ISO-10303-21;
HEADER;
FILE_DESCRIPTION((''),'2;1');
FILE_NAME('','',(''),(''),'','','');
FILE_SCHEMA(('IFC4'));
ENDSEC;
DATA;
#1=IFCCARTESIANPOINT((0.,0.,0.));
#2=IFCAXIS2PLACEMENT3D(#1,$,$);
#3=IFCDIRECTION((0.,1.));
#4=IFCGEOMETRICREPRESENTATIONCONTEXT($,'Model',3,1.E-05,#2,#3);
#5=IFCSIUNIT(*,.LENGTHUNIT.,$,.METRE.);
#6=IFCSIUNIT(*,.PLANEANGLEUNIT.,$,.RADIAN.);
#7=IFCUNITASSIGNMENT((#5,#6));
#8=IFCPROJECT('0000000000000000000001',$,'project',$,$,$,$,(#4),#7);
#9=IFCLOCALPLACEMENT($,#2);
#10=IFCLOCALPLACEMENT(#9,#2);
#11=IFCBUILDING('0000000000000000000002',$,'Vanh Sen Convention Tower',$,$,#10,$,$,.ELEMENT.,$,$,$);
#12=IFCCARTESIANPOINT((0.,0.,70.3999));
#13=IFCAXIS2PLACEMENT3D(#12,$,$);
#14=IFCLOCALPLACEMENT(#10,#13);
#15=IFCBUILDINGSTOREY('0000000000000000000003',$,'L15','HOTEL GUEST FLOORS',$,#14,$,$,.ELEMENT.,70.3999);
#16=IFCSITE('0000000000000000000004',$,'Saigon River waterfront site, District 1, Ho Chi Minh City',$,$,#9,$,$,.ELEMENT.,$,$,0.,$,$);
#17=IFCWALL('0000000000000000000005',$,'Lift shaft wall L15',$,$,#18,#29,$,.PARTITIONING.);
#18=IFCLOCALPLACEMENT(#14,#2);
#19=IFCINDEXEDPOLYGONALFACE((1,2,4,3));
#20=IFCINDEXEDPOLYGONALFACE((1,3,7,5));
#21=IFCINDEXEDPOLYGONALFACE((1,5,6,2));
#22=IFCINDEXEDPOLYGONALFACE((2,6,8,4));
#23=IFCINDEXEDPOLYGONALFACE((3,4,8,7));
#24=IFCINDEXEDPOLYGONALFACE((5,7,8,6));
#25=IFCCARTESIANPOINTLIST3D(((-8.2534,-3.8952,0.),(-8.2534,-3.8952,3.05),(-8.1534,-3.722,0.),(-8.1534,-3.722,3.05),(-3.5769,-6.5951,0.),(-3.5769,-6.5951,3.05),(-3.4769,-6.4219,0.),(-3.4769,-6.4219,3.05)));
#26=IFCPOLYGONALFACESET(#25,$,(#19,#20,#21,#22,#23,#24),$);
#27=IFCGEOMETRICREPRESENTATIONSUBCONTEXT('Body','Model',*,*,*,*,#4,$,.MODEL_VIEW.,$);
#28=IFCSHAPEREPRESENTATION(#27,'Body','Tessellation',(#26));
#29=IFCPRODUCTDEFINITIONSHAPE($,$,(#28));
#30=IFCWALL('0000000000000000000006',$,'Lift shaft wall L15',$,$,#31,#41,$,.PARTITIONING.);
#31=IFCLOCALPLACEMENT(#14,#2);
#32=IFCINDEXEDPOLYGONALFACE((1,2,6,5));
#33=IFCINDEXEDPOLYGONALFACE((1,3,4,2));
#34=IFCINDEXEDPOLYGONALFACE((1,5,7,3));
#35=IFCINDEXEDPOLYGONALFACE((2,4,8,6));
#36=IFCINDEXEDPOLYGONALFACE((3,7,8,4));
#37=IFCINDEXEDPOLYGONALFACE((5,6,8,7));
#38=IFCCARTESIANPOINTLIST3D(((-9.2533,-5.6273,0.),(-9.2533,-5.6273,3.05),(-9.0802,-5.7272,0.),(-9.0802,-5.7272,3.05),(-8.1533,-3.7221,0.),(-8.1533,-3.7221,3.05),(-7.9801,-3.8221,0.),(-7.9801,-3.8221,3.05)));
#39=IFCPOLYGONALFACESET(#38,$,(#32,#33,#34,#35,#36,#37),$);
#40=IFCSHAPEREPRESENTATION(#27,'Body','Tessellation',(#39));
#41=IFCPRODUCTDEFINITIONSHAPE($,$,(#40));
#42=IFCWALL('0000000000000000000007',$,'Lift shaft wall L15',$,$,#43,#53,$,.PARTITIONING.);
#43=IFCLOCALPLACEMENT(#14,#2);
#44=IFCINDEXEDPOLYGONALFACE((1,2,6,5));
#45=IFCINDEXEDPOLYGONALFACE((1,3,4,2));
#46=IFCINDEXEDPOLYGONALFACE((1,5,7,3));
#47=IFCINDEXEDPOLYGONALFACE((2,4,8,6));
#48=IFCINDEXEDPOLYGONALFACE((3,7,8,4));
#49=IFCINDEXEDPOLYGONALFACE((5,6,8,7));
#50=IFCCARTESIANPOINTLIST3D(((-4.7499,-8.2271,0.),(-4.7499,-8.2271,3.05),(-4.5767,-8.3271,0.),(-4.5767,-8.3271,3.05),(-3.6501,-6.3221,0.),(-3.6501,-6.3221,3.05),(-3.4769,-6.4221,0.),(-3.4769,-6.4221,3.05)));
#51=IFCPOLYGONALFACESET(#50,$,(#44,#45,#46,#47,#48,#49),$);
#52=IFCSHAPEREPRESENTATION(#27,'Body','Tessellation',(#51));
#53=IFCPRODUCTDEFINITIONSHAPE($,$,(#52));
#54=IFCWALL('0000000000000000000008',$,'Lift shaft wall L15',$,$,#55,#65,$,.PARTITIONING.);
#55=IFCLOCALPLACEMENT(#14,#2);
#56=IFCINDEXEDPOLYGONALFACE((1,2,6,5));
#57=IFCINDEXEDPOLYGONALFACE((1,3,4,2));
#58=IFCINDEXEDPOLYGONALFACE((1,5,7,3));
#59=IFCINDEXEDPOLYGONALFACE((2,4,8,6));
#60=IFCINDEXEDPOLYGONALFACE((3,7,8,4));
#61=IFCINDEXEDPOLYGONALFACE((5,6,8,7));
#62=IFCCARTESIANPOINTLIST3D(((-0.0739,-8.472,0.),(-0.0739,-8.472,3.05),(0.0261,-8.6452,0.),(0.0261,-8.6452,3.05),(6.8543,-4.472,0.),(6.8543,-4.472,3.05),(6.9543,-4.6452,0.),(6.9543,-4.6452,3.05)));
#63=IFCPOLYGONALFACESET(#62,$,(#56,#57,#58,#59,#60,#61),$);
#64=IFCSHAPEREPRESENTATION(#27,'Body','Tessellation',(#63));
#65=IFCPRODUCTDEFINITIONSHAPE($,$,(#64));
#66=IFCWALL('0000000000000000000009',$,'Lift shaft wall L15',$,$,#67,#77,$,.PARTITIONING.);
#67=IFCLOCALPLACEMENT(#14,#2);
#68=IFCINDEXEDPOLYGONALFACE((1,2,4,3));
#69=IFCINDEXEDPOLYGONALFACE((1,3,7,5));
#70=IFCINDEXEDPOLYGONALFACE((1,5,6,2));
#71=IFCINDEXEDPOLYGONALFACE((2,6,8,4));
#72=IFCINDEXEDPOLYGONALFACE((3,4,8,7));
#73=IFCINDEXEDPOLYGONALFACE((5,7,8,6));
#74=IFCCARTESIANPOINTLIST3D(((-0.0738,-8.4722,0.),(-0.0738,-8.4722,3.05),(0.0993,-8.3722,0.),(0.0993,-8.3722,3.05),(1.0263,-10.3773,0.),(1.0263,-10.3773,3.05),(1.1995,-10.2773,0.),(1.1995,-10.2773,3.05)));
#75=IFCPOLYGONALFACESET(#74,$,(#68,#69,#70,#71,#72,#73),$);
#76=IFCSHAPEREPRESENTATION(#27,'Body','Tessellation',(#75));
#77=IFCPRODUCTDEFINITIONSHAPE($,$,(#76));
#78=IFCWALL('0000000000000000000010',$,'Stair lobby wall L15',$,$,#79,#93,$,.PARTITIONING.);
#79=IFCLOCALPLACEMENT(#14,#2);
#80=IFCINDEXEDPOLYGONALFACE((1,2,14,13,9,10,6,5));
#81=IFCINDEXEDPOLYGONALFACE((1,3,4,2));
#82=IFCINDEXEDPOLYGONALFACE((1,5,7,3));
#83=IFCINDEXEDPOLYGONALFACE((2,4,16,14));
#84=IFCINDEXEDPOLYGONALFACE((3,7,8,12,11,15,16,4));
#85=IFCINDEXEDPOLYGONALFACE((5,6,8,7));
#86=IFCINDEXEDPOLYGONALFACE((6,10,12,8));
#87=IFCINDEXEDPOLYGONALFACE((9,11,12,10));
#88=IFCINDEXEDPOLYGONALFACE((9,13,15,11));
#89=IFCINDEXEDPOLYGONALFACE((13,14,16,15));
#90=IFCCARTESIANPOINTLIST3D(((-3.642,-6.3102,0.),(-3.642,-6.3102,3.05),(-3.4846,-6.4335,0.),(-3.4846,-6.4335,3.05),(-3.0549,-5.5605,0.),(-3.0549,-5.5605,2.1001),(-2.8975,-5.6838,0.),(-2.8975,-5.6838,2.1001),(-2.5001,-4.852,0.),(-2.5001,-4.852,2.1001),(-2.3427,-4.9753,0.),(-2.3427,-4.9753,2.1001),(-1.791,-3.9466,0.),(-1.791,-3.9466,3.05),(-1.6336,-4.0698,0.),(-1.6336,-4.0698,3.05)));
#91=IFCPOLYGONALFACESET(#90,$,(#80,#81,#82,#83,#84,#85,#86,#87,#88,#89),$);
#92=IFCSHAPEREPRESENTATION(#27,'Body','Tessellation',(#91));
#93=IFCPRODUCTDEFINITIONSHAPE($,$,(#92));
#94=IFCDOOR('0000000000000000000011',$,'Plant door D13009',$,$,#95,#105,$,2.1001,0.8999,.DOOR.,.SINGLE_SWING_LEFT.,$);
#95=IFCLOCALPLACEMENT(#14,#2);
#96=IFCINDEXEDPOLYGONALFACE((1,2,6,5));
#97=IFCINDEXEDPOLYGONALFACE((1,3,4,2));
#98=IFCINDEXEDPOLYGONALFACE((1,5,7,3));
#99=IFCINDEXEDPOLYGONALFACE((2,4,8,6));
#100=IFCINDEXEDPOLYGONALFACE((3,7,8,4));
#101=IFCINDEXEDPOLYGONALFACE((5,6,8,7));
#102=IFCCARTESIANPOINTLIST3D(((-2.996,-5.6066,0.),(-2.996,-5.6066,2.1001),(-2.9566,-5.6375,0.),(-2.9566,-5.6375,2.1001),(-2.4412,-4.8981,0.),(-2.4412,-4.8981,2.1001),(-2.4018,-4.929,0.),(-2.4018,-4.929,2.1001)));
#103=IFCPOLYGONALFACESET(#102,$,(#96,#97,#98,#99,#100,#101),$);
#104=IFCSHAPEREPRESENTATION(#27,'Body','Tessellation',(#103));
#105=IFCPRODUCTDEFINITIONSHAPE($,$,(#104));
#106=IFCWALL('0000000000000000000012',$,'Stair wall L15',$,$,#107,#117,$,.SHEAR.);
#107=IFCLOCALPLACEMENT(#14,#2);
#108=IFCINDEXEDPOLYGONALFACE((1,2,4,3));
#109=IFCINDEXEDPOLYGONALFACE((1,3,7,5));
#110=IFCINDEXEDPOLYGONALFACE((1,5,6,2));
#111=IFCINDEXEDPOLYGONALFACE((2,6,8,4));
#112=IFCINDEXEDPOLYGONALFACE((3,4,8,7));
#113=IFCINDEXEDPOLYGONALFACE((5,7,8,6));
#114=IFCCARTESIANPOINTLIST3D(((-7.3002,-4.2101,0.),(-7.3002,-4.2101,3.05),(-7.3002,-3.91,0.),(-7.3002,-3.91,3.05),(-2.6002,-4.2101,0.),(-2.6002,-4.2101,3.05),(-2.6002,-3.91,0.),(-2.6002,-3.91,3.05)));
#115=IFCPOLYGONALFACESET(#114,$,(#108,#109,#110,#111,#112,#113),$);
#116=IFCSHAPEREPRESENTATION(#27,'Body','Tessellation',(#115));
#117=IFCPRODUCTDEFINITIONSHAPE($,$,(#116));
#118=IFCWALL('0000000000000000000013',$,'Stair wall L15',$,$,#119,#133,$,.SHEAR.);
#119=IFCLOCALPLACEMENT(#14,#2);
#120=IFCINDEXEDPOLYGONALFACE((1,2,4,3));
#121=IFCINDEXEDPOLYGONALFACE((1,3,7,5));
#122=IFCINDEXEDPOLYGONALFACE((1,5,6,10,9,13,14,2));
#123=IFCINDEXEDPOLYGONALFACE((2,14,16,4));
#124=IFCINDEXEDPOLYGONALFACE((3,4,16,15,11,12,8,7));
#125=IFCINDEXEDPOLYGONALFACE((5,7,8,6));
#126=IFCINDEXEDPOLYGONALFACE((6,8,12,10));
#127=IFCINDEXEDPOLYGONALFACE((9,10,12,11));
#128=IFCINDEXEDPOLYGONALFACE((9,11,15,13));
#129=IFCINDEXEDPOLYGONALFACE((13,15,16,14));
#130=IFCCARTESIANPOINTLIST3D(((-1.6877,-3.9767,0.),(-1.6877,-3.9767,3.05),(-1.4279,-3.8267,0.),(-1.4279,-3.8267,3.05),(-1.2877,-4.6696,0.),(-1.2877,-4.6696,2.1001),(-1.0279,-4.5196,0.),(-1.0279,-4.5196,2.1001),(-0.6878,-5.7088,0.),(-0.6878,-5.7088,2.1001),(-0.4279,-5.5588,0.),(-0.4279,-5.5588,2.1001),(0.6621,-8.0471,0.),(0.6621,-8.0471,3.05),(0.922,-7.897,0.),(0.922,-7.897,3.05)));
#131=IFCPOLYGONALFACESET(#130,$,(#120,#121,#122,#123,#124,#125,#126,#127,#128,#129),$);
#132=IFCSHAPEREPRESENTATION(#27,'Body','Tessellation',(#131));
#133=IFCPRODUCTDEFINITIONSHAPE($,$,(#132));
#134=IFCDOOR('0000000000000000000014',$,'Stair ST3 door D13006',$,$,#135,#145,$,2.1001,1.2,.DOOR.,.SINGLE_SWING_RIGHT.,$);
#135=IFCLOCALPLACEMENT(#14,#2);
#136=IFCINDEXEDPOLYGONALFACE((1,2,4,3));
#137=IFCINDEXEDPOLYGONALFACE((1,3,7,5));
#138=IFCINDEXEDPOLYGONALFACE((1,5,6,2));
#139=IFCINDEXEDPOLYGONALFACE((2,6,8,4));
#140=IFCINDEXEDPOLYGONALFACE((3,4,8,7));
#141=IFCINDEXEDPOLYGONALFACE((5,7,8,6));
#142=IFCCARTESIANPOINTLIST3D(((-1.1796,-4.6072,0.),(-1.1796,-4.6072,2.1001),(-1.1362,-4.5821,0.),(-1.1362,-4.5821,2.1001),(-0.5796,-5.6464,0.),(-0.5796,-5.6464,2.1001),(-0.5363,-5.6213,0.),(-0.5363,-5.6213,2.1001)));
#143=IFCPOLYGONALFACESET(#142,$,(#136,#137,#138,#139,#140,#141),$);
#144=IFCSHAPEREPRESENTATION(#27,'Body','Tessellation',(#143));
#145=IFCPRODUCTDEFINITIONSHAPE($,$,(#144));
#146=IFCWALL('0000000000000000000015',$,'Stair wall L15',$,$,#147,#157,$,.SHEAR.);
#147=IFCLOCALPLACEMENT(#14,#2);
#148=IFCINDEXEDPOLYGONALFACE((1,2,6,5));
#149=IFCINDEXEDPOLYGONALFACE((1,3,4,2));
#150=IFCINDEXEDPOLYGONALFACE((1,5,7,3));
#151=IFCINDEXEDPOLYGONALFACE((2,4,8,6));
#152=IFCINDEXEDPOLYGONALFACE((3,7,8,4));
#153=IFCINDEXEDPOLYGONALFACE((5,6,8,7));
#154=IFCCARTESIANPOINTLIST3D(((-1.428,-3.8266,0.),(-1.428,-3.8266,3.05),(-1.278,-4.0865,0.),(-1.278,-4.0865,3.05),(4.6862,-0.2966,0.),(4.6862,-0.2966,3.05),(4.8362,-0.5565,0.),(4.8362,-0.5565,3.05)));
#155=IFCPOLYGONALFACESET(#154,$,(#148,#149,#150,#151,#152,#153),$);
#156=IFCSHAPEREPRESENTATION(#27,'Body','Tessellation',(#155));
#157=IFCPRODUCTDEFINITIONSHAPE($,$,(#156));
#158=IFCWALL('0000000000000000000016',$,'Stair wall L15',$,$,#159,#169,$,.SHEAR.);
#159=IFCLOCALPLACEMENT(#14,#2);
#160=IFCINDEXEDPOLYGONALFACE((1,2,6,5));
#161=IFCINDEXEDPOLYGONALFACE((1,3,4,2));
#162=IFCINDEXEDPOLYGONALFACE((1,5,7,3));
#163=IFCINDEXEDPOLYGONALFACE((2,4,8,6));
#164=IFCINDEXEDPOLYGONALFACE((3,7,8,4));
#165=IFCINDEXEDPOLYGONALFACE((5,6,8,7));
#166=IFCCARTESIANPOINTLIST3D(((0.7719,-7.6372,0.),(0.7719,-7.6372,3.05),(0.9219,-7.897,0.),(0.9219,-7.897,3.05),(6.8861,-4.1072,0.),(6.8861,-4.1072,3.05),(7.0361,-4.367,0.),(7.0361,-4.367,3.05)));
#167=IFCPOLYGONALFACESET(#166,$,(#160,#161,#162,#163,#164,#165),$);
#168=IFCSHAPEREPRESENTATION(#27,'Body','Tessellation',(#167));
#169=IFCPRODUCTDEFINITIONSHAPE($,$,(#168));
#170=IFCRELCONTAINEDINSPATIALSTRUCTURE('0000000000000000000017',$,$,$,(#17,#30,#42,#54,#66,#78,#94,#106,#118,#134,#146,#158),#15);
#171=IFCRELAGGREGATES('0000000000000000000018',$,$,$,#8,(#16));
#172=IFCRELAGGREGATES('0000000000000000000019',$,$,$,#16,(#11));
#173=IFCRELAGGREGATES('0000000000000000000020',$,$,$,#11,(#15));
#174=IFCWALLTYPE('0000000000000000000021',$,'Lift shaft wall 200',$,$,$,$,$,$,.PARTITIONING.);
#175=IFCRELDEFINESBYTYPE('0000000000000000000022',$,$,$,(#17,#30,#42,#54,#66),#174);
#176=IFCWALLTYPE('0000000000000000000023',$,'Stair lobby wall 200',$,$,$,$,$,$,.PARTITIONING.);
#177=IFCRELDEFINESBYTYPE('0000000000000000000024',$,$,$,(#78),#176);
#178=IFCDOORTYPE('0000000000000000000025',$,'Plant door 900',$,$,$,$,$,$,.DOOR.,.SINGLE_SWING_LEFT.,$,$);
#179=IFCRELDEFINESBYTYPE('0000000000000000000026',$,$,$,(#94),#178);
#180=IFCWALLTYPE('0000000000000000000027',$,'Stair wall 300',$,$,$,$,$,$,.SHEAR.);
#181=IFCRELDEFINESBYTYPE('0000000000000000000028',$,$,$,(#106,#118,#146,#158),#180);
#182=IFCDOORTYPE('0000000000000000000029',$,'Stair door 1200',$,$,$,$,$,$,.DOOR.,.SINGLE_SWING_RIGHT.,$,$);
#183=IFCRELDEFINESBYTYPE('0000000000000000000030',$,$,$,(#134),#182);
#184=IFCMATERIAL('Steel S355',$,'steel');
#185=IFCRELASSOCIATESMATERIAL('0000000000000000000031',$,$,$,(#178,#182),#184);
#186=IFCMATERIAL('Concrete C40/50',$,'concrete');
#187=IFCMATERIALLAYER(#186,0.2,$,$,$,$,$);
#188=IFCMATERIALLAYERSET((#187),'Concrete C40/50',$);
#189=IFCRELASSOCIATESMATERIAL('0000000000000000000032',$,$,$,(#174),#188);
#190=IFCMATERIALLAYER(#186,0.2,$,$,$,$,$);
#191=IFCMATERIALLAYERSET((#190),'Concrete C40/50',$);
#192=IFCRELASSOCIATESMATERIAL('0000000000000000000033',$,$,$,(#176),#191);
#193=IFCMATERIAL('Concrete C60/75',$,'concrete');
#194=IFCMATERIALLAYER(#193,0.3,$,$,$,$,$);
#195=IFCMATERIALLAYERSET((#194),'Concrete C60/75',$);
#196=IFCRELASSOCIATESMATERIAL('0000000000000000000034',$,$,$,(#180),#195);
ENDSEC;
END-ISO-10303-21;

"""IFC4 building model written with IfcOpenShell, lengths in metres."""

from ifc_helpers import new_model, si_unit, direction, frame, frame_2d, origin, place, context, subcontext, project, spatial, rectangle, extrude, material, layer, layer_set, type_object, element, fill, save


model = new_model("IFC4")

# Units and contexts
model_context = context("Model", 3, precision=1e-05, world=origin(), true_north=direction((0.0, 1.0)))
body_context = subcontext(model_context, "Body", "Model", "MODEL_VIEW")
ifc_project = project(units=[si_unit("LENGTHUNIT", "METRE"), si_unit("PLANEANGLEUNIT", "RADIAN")], contexts=[model_context])

# Site, building, storey
site_placement = place(None, origin())
site = spatial("IfcSite", under=ifc_project, at=site_placement, Name="Saigon River waterfront site, District 1, Ho Chi Minh City", CompositionType="ELEMENT", RefElevation=0.0)
building_placement = place(site_placement, origin())
building = spatial("IfcBuilding", under=site, at=building_placement, Name="Vanh Sen Convention Tower", CompositionType="ELEMENT")
storey_placement = place(building_placement, frame((0.0, 0.0, 70.3999)))
storey = spatial("IfcBuildingStorey", under=building, at=storey_placement, Name="L15", Description="HOTEL GUEST FLOORS", CompositionType="ELEMENT", Elevation=70.3999)

# Shared definitions
ifc_material_1 = material(Name="Concrete C40/50", Category="concrete")

# Shared definitions
ifc_material_2 = material(Name="Steel S355", Category="steel")
door_type_1 = type_object("IfcDoorType", Name="Plant door 900", OperationType="SINGLE_SWING_LEFT", PredefinedType="DOOR", material=ifc_material_2)

# Walls
ifc_layer_1 = layer(ifc_material_1, 0.2)
ifc_layer_set_1 = layer_set([ifc_layer_1], Name="Concrete C40/50")
wall_type_1 = type_object("IfcWallType", Name="Lift shaft wall 200", PredefinedType="PARTITIONING", material=ifc_layer_set_1)
wall_1_placement = place(storey_placement, frame((-8.2034, -3.8086, 0.0), z_axis=(0.0, 0.0, 1.0), x_axis=(0.866028, -0.499995, 0.0)))
element("IfcWall", 1, at=wall_1_placement, inside=storey, type_object=wall_type_1, Name="Lift shaft wall L15", PredefinedType="PARTITIONING", context=body_context, shape_type="SweptSolid", body=[
    extrude(rectangle(XDim=5.3999, YDim=0.2, at=frame_2d((2.7, 0.0))), origin(), (0.0, 0.0, 1.0), 3.05),
])
wall_2_placement = place(storey_placement, frame((-8.0667, -3.772, 0.0), z_axis=(0.0, 0.0, 1.0), x_axis=(-0.50003, -0.866008, 0.0)))
element("IfcWall", 2, at=wall_2_placement, inside=storey, type_object=wall_type_1, Name="Lift shaft wall L15", PredefinedType="PARTITIONING", context=body_context, shape_type="SweptSolid", body=[
    extrude(rectangle(XDim=2.2, YDim=0.2, at=frame_2d((1.1001, 0.0))), origin(), (0.0, 0.0, 1.0), 3.05),
])
wall_3_placement = place(storey_placement, frame((-3.5635, -6.3721, 0.0), z_axis=(0.0, 0.0, 1.0), x_axis=(-0.499995, -0.866028, 0.0)))
element("IfcWall", 3, at=wall_3_placement, inside=storey, type_object=wall_type_1, Name="Lift shaft wall L15", PredefinedType="PARTITIONING", context=body_context, shape_type="SweptSolid", body=[
    extrude(rectangle(XDim=2.1997, YDim=0.2, at=frame_2d((1.0999, 0.0))), origin(), (0.0, 0.0, 1.0), 3.05),
])
wall_4_placement = place(storey_placement, frame((-0.0239, -8.5586, 0.0), z_axis=(0.0, 0.0, 1.0), x_axis=(0.866026, 0.499999, 0.0)))
element("IfcWall", 4, at=wall_4_placement, inside=storey, type_object=wall_type_1, Name="Lift shaft wall L15", PredefinedType="PARTITIONING", context=body_context, shape_type="SweptSolid", body=[
    extrude(rectangle(XDim=8.0, YDim=0.2, at=frame_2d((4.0, 0.0))), origin(), (0.0, 0.0, 1.0), 3.05),
])
wall_5_placement = place(storey_placement, frame((0.0127, -8.4221, 0.0), z_axis=(0.0, 0.0, 1.0), x_axis=(0.500078, -0.86598, 0.0)))
element("IfcWall", 5, at=wall_5_placement, inside=storey, type_object=wall_type_1, Name="Lift shaft wall L15", PredefinedType="PARTITIONING", context=body_context, shape_type="SweptSolid", body=[
    extrude(rectangle(XDim=2.2, YDim=0.2, at=frame_2d((1.1001, 0.0))), origin(), (0.0, 0.0, 1.0), 3.05),
])

# Wall, opening, door
ifc_layer_2 = layer(ifc_material_1, 0.2)
ifc_layer_set_2 = layer_set([ifc_layer_2], Name="Concrete C40/50")
wall_type_2 = type_object("IfcWallType", Name="Stair lobby wall 200", PredefinedType="PARTITIONING", material=ifc_layer_set_2)
wall_6_placement = place(storey_placement, frame((-1.7124, -4.0083, 0.0), z_axis=(0.0, 0.0, 1.0), x_axis=(-0.616549, -0.787316, 0.0)))
wall_6 = element("IfcWall", 6, at=wall_6_placement, inside=storey, type_object=wall_type_2, Name="Stair lobby wall L15", PredefinedType="PARTITIONING", context=body_context, shape_type="SweptSolid", body=[
    extrude(rectangle(XDim=3.0022, YDim=0.2, at=frame_2d((1.501, 0.0))), origin(), (0.0, 0.0, 1.0), 3.05),
])
opening_1_placement = place(wall_6_placement, frame((1.1499, 0.0, 0.0)))
opening_1 = element("IfcOpeningElement", 7, at=opening_1_placement, cuts=wall_6, PredefinedType="OPENING", context=body_context, shape_type="SweptSolid", body=[
    extrude(rectangle(XDim=0.8999, YDim=2.1001, at=frame_2d((0.45, 1.05))), frame((0.0, 0.1099, 0.0), z_axis=(0.0, -1.0, 0.0), x_axis=(1.0, 0.0, 0.0)), (0.0, 0.0, 1.0), 0.22),
])
door_1_placement = place(opening_1_placement, origin())
door_1 = element("IfcDoor", 8, at=door_1_placement, inside=storey, type_object=door_type_1, Name="Plant door D13009", OperationType="SINGLE_SWING_LEFT", OverallHeight=2.1001, OverallWidth=0.8999, PredefinedType="DOOR", context=body_context, shape_type="SweptSolid", body=[
    extrude(rectangle(XDim=0.8999, YDim=2.1001, at=frame_2d((0.45, 1.05))), frame((0.0, 0.0249, 0.0), z_axis=(0.0, -1.0, 0.0), x_axis=(1.0, 0.0, 0.0)), (0.0, 0.0, 1.0), 0.05),
])
fill(opening_1, door_1)

# Wall
ifc_material_3 = material(Name="Concrete C60/75", Category="concrete")
ifc_layer_3 = layer(ifc_material_3, 0.3)
ifc_layer_set_3 = layer_set([ifc_layer_3], Name="Concrete C60/75")
wall_type_3 = type_object("IfcWallType", Name="Stair wall 300", PredefinedType="SHEAR", material=ifc_layer_set_3)
wall_7_placement = place(storey_placement, frame((-2.6001, -4.0601, 0.0), z_axis=(0.0, 0.0, 1.0), x_axis=(-1.0, 0.0, 0.0)))
element("IfcWall", 9, at=wall_7_placement, inside=storey, type_object=wall_type_3, Name="Stair wall L15", PredefinedType="SHEAR", context=body_context, shape_type="SweptSolid", body=[
    extrude(rectangle(XDim=4.7, YDim=0.3, at=frame_2d((2.3501, 0.0))), origin(), (0.0, 0.0, 1.0), 3.05),
])

# Wall, opening, door
wall_8_placement = place(storey_placement, frame((-1.5579, -3.9016, 0.0), z_axis=(0.0, 0.0, 1.0), x_axis=(0.499977, -0.866039, 0.0)))
wall_8 = element("IfcWall", 10, at=wall_8_placement, inside=storey, type_object=wall_type_3, Name="Stair wall L15", PredefinedType="SHEAR", context=body_context, shape_type="SweptSolid", body=[
    extrude(rectangle(XDim=4.7, YDim=0.3, at=frame_2d((2.3501, 0.0))), origin(), (0.0, 0.0, 1.0), 3.05),
])
opening_2_placement = place(wall_8_placement, frame((0.8, 0.0, 0.0)))
opening_2 = element("IfcOpeningElement", 11, at=opening_2_placement, cuts=wall_8, PredefinedType="OPENING", context=body_context, shape_type="SweptSolid", body=[
    extrude(rectangle(XDim=1.2, YDim=2.1001, at=frame_2d((0.6001, 1.05))), frame((0.0, 0.1599, 0.0), z_axis=(0.0, -1.0, 0.0), x_axis=(1.0, 0.0, 0.0)), (0.0, 0.0, 1.0), 0.3201),
])
door_type_2 = type_object("IfcDoorType", Name="Stair door 1200", OperationType="SINGLE_SWING_RIGHT", PredefinedType="DOOR", material=ifc_material_2)
door_2_placement = place(opening_2_placement, origin())
door_2 = element("IfcDoor", 12, at=door_2_placement, inside=storey, type_object=door_type_2, Name="Stair ST3 door D13006", OperationType="SINGLE_SWING_RIGHT", OverallHeight=2.1001, OverallWidth=1.2, PredefinedType="DOOR", context=body_context, shape_type="SweptSolid", body=[
    extrude(rectangle(XDim=1.2, YDim=2.1001, at=frame_2d((0.6001, 1.05))), frame((0.0, 0.0249, 0.0), z_axis=(0.0, -1.0, 0.0), x_axis=(1.0, 0.0, 0.0)), (0.0, 0.0, 1.0), 0.05),
])
fill(opening_2, door_2)

# Walls
for number, where, z_axis, x_axis, name in (
    (13, (-1.353, -3.9565, 0.0), (0.0, 0.0, 1.0), (0.866028, 0.499996, 0.0), "Stair wall L15"),
    (14, (0.8469, -7.7671, 0.0), (0.0, 0.0, 1.0), (0.866028, 0.499996, 0.0), "Stair wall L15"),
):
    element("IfcWall", number, at=place(storey_placement, frame(where, z_axis=z_axis, x_axis=x_axis)), inside=storey, type_object=wall_type_3, Name=name, PredefinedType="SHEAR", context=body_context, shape_type="SweptSolid", body=[
        extrude(rectangle(XDim=7.0601, YDim=0.3, at=frame_2d((3.53, 0.0))), origin(), (0.0, 0.0, 1.0), 3.05),
    ])

save(model, "model.ifc")
